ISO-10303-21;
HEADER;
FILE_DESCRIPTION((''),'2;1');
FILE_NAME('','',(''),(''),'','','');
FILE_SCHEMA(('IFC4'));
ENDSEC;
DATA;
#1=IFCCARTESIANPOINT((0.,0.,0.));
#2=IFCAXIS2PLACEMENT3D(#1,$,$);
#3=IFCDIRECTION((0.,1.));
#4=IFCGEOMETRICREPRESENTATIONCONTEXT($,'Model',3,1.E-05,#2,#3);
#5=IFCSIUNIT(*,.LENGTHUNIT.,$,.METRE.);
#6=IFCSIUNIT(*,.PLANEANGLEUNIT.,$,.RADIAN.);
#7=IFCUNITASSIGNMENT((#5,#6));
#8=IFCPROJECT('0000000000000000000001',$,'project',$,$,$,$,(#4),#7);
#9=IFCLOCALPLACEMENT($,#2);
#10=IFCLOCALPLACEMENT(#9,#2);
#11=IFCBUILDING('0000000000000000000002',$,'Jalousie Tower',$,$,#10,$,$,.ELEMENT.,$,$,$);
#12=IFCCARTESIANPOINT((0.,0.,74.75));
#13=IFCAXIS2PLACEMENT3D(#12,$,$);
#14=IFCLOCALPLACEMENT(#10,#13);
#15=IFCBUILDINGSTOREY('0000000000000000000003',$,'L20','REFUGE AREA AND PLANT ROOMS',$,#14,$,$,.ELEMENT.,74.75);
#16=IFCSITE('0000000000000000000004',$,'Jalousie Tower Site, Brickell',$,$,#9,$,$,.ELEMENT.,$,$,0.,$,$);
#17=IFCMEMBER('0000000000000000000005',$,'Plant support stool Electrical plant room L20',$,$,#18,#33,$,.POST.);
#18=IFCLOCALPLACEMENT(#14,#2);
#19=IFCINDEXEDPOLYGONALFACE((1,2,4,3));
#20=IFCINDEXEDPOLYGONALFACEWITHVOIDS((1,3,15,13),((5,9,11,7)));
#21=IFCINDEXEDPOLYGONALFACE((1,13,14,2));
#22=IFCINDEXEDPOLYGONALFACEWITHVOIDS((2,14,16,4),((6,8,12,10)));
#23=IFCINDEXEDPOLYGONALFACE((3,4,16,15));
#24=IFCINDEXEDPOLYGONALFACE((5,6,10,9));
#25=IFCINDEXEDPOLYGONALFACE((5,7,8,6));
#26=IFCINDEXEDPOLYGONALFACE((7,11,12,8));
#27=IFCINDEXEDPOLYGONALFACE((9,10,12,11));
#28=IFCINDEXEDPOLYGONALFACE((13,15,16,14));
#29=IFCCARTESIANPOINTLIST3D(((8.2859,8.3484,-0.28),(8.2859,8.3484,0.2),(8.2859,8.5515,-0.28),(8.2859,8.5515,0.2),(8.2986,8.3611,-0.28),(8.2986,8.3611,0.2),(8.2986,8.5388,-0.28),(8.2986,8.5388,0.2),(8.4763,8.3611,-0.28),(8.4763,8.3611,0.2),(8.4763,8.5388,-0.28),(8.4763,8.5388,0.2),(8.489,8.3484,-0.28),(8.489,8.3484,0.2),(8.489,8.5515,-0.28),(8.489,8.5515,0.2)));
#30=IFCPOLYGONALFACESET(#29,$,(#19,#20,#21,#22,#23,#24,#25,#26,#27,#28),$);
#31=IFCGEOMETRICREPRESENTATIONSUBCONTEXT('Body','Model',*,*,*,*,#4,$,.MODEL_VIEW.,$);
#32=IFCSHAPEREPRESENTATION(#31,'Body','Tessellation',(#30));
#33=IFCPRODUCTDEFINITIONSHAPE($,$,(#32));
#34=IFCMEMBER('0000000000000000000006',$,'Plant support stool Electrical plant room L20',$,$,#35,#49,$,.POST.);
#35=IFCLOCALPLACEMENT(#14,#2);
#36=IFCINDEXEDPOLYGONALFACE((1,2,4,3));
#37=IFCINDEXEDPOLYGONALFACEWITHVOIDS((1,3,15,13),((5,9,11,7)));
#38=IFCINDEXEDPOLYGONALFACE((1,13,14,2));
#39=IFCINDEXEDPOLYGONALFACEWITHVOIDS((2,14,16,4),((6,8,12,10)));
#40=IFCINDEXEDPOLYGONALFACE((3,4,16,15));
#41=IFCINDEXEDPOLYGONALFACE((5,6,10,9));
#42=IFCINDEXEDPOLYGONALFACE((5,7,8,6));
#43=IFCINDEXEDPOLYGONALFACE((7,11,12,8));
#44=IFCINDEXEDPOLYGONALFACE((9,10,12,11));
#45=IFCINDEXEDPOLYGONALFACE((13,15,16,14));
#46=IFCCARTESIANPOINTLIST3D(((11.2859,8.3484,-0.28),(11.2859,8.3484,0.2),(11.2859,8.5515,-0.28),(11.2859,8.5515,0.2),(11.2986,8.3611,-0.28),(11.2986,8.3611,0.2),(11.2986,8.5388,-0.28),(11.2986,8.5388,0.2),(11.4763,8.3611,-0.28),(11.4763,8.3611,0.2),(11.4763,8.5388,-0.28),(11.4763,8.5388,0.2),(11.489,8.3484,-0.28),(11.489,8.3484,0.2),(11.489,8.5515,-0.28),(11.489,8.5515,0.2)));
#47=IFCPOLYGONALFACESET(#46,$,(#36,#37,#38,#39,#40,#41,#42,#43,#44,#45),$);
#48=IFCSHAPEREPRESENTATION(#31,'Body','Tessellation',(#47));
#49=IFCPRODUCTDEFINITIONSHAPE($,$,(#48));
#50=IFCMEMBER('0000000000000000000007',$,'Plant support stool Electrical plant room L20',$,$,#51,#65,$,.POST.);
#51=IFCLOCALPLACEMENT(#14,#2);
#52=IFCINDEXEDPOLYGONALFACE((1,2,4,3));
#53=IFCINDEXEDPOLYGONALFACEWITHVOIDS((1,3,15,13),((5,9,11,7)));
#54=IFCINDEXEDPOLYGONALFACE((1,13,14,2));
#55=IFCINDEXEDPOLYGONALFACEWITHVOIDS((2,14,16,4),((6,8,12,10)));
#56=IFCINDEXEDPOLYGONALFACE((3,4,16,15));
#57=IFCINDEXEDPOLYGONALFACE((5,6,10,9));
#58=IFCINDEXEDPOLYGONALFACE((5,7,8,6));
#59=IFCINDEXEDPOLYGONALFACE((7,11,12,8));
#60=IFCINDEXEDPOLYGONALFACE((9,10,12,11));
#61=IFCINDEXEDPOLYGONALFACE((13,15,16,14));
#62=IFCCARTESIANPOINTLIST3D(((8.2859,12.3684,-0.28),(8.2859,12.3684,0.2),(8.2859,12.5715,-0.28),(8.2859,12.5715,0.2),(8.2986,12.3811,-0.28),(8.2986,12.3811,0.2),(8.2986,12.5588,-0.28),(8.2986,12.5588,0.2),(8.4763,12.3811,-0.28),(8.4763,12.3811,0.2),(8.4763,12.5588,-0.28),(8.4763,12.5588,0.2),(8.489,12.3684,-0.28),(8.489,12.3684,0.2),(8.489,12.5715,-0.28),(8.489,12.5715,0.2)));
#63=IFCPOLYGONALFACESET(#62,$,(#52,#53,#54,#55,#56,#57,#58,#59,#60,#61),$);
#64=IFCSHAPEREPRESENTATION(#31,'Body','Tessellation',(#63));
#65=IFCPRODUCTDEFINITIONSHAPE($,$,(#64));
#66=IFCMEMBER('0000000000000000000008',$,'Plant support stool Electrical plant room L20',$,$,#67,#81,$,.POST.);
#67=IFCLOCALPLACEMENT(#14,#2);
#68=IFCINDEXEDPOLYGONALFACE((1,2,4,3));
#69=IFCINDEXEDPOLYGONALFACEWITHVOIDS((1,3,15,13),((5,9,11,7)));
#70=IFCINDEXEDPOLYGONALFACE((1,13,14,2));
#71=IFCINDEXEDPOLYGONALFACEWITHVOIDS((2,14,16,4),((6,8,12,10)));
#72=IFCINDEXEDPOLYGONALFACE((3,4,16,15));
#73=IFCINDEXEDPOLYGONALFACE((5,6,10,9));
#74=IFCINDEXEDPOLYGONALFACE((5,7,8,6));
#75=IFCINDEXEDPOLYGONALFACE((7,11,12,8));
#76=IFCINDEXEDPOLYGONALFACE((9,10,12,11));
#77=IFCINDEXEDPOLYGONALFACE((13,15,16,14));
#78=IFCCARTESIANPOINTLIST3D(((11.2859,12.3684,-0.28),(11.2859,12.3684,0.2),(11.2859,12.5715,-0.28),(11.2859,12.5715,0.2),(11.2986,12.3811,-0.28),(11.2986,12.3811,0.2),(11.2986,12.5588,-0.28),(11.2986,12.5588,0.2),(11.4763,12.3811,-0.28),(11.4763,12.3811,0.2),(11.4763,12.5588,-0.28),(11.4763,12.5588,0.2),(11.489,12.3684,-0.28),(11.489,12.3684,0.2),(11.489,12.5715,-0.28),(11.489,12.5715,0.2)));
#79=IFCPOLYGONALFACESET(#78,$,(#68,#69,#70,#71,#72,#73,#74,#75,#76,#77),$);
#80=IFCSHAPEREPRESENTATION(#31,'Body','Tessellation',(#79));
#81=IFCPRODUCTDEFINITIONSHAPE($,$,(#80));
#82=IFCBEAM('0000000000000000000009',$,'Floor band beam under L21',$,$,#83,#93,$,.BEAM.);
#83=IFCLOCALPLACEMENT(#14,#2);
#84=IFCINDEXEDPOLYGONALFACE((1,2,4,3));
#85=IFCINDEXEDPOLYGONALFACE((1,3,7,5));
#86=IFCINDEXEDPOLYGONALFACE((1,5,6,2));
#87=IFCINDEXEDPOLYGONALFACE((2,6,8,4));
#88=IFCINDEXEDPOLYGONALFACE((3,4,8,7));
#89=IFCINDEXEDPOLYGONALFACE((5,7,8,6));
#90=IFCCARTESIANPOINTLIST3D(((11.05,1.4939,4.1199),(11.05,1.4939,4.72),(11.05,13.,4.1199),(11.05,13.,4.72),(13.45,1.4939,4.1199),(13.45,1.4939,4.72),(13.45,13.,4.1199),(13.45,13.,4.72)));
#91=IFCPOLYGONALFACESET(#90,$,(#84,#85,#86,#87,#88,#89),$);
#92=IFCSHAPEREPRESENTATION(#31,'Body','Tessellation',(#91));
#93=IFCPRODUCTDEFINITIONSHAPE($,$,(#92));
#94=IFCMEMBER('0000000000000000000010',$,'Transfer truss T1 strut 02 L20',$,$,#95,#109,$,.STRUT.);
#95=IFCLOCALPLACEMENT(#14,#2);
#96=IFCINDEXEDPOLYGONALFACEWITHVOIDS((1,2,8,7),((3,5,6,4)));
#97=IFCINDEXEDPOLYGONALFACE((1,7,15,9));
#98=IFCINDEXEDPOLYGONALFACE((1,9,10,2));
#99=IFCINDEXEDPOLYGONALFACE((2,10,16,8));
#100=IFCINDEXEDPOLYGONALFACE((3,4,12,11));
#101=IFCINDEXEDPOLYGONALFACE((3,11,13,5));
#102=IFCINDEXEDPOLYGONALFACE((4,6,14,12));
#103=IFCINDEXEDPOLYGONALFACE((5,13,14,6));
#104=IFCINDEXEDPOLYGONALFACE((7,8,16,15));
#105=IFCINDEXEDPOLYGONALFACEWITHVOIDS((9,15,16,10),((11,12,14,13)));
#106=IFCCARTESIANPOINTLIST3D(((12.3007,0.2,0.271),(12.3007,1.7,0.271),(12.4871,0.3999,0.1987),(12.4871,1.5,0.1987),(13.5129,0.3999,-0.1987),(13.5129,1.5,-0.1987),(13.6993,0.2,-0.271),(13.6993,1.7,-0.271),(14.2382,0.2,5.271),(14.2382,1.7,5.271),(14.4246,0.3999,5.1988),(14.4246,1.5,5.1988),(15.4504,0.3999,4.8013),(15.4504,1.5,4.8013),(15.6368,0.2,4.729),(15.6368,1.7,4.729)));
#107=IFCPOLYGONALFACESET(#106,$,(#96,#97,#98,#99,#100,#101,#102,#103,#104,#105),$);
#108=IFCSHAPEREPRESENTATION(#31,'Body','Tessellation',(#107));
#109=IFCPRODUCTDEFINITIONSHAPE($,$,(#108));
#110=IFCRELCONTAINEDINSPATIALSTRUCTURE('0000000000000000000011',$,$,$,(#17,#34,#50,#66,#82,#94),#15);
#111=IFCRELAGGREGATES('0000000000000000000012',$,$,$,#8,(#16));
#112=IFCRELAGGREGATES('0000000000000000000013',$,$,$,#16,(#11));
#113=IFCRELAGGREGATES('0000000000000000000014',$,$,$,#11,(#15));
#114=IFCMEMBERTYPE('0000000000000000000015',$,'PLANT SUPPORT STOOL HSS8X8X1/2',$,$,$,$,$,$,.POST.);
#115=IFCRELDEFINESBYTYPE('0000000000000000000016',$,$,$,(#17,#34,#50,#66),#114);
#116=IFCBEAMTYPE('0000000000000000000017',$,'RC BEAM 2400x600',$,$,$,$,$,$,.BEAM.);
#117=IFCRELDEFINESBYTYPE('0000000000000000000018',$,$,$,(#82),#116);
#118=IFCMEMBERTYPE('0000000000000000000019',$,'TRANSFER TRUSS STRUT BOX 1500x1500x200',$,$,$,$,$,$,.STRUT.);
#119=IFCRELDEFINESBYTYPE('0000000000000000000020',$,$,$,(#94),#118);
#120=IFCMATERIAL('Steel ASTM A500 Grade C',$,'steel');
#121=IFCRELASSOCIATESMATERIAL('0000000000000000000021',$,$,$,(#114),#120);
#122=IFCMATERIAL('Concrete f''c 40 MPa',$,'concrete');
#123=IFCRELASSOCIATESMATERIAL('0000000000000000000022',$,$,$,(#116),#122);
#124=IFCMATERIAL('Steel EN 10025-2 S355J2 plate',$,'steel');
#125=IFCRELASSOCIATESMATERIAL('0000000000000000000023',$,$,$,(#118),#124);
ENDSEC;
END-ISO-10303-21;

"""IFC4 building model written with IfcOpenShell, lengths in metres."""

from ifc_helpers import new_model, si_unit, direction, frame, origin, origin_2d, place, context, subcontext, project, spatial, rectangle, hollow_rectangle, extrude, material, material_profile, profile_set, type_object, element, save


model = new_model("IFC4")

# Units and contexts
model_context = context("Model", 3, precision=1e-05, world=origin(), true_north=direction((0.0, 1.0)))
body_context = subcontext(model_context, "Body", "Model", "MODEL_VIEW")
ifc_project = project(units=[si_unit("LENGTHUNIT", "METRE"), si_unit("PLANEANGLEUNIT", "RADIAN")], contexts=[model_context])

# Site, building, storey
site_placement = place(None, origin())
site = spatial("IfcSite", under=ifc_project, at=site_placement, Name="Jalousie Tower Site, Brickell", CompositionType="ELEMENT", RefElevation=0.0)
building_placement = place(site_placement, origin())
building = spatial("IfcBuilding", under=site, at=building_placement, Name="Jalousie Tower", CompositionType="ELEMENT")
storey_placement = place(building_placement, frame((0.0, 0.0, 74.75)))
storey = spatial("IfcBuildingStorey", under=building, at=storey_placement, Name="L20", Description="REFUGE AREA AND PLANT ROOMS", CompositionType="ELEMENT", Elevation=74.75)

# Members
ifc_material_1 = material(Name="Steel ASTM A500 Grade C", Category="steel")
ifc_material_profile_1 = material_profile(ifc_material_1, hollow_rectangle(XDim=0.2031, YDim=0.2031, WallThickness=0.0127, at=origin_2d()), Name="HSS8X8X1/2")
ifc_profile_set_1 = profile_set([ifc_material_profile_1], Name="Steel ASTM A500 Grade C")
member_type_1 = type_object("IfcMemberType", Name="PLANT SUPPORT STOOL HSS8X8X1/2", PredefinedType="POST", material=ifc_profile_set_1)
for number, where, z_axis, x_axis, name in (
    (1, (8.3875, 8.45, -0.28), (0.0, 0.0, 1.0), (1.0, 0.0, 0.0), "Plant support stool Electrical plant room L20"),
    (2, (11.3875, 8.45, -0.28), (0.0, 0.0, 1.0), (1.0, 0.0, 0.0), "Plant support stool Electrical plant room L20"),
    (3, (8.3875, 12.47, -0.28), (0.0, 0.0, 1.0), (1.0, 0.0, 0.0), "Plant support stool Electrical plant room L20"),
    (4, (11.3875, 12.47, -0.28), (0.0, 0.0, 1.0), (1.0, 0.0, 0.0), "Plant support stool Electrical plant room L20"),
):
    element("IfcMember", number, at=place(storey_placement, frame(where, z_axis=z_axis, x_axis=x_axis)), inside=storey, type_object=member_type_1, Name=name, PredefinedType="POST", context=body_context, shape_type="SweptSolid", body=[
        extrude(hollow_rectangle(XDim=0.2031, YDim=0.2031, WallThickness=0.0127, at=origin_2d()), origin(), (0.0, 0.0, 1.0), 0.48),
    ])

# Beam
ifc_material_2 = material(Name="Concrete f'c 40 MPa", Category="concrete")
ifc_material_profile_2 = material_profile(ifc_material_2, rectangle(XDim=2.3999, YDim=0.6001, at=origin_2d()), Name="RC 2400x600")
ifc_profile_set_2 = profile_set([ifc_material_profile_2], Name="Concrete f'c 40 MPa")
beam_type_1 = type_object("IfcBeamType", Name="RC BEAM 2400x600", PredefinedType="BEAM", material=ifc_profile_set_2)
beam_placement = place(storey_placement, frame((12.25, 1.4939, 4.4199), z_axis=(0.0, 1.0, 0.0), x_axis=(-1.0, 0.0, 0.0)))
element("IfcBeam", 5, at=beam_placement, inside=storey, type_object=beam_type_1, Name="Floor band beam under L21", PredefinedType="BEAM", context=body_context, shape_type="SweptSolid", body=[
    extrude(rectangle(XDim=2.3999, YDim=0.6001, at=origin_2d()), origin(), (0.0, 0.0, 1.0), 11.5061),
])

# Member
ifc_material_3 = material(Name="Steel EN 10025-2 S355J2 plate", Category="steel")
ifc_material_profile_3 = material_profile(ifc_material_3, hollow_rectangle(XDim=1.5, YDim=1.5, WallThickness=0.2, at=origin_2d()), Name="BOX 1500x1500x200")
ifc_profile_set_3 = profile_set([ifc_material_profile_3], Name="Steel EN 10025-2 S355J2 plate")
member_type_2 = type_object("IfcMemberType", Name="TRANSFER TRUSS STRUT BOX 1500x1500x200", PredefinedType="STRUT", material=ifc_profile_set_3)
member_1_placement = place(storey_placement, frame((13.0, 0.95, 0.0), z_axis=(0.361321, 0.0, 0.932441), x_axis=(0.0, 1.0, 0.0)))
element("IfcMember", 6, at=member_1_placement, inside=storey, type_object=member_type_2, Name="Transfer truss T1 strut 02 L20", PredefinedType="STRUT", context=body_context, shape_type="SweptSolid", body=[
    extrude(hollow_rectangle(XDim=1.5, YDim=1.5, WallThickness=0.2, at=origin_2d()), origin(), (0.0, 0.0, 1.0), 5.3623),
])

save(model, "model.ifc")
